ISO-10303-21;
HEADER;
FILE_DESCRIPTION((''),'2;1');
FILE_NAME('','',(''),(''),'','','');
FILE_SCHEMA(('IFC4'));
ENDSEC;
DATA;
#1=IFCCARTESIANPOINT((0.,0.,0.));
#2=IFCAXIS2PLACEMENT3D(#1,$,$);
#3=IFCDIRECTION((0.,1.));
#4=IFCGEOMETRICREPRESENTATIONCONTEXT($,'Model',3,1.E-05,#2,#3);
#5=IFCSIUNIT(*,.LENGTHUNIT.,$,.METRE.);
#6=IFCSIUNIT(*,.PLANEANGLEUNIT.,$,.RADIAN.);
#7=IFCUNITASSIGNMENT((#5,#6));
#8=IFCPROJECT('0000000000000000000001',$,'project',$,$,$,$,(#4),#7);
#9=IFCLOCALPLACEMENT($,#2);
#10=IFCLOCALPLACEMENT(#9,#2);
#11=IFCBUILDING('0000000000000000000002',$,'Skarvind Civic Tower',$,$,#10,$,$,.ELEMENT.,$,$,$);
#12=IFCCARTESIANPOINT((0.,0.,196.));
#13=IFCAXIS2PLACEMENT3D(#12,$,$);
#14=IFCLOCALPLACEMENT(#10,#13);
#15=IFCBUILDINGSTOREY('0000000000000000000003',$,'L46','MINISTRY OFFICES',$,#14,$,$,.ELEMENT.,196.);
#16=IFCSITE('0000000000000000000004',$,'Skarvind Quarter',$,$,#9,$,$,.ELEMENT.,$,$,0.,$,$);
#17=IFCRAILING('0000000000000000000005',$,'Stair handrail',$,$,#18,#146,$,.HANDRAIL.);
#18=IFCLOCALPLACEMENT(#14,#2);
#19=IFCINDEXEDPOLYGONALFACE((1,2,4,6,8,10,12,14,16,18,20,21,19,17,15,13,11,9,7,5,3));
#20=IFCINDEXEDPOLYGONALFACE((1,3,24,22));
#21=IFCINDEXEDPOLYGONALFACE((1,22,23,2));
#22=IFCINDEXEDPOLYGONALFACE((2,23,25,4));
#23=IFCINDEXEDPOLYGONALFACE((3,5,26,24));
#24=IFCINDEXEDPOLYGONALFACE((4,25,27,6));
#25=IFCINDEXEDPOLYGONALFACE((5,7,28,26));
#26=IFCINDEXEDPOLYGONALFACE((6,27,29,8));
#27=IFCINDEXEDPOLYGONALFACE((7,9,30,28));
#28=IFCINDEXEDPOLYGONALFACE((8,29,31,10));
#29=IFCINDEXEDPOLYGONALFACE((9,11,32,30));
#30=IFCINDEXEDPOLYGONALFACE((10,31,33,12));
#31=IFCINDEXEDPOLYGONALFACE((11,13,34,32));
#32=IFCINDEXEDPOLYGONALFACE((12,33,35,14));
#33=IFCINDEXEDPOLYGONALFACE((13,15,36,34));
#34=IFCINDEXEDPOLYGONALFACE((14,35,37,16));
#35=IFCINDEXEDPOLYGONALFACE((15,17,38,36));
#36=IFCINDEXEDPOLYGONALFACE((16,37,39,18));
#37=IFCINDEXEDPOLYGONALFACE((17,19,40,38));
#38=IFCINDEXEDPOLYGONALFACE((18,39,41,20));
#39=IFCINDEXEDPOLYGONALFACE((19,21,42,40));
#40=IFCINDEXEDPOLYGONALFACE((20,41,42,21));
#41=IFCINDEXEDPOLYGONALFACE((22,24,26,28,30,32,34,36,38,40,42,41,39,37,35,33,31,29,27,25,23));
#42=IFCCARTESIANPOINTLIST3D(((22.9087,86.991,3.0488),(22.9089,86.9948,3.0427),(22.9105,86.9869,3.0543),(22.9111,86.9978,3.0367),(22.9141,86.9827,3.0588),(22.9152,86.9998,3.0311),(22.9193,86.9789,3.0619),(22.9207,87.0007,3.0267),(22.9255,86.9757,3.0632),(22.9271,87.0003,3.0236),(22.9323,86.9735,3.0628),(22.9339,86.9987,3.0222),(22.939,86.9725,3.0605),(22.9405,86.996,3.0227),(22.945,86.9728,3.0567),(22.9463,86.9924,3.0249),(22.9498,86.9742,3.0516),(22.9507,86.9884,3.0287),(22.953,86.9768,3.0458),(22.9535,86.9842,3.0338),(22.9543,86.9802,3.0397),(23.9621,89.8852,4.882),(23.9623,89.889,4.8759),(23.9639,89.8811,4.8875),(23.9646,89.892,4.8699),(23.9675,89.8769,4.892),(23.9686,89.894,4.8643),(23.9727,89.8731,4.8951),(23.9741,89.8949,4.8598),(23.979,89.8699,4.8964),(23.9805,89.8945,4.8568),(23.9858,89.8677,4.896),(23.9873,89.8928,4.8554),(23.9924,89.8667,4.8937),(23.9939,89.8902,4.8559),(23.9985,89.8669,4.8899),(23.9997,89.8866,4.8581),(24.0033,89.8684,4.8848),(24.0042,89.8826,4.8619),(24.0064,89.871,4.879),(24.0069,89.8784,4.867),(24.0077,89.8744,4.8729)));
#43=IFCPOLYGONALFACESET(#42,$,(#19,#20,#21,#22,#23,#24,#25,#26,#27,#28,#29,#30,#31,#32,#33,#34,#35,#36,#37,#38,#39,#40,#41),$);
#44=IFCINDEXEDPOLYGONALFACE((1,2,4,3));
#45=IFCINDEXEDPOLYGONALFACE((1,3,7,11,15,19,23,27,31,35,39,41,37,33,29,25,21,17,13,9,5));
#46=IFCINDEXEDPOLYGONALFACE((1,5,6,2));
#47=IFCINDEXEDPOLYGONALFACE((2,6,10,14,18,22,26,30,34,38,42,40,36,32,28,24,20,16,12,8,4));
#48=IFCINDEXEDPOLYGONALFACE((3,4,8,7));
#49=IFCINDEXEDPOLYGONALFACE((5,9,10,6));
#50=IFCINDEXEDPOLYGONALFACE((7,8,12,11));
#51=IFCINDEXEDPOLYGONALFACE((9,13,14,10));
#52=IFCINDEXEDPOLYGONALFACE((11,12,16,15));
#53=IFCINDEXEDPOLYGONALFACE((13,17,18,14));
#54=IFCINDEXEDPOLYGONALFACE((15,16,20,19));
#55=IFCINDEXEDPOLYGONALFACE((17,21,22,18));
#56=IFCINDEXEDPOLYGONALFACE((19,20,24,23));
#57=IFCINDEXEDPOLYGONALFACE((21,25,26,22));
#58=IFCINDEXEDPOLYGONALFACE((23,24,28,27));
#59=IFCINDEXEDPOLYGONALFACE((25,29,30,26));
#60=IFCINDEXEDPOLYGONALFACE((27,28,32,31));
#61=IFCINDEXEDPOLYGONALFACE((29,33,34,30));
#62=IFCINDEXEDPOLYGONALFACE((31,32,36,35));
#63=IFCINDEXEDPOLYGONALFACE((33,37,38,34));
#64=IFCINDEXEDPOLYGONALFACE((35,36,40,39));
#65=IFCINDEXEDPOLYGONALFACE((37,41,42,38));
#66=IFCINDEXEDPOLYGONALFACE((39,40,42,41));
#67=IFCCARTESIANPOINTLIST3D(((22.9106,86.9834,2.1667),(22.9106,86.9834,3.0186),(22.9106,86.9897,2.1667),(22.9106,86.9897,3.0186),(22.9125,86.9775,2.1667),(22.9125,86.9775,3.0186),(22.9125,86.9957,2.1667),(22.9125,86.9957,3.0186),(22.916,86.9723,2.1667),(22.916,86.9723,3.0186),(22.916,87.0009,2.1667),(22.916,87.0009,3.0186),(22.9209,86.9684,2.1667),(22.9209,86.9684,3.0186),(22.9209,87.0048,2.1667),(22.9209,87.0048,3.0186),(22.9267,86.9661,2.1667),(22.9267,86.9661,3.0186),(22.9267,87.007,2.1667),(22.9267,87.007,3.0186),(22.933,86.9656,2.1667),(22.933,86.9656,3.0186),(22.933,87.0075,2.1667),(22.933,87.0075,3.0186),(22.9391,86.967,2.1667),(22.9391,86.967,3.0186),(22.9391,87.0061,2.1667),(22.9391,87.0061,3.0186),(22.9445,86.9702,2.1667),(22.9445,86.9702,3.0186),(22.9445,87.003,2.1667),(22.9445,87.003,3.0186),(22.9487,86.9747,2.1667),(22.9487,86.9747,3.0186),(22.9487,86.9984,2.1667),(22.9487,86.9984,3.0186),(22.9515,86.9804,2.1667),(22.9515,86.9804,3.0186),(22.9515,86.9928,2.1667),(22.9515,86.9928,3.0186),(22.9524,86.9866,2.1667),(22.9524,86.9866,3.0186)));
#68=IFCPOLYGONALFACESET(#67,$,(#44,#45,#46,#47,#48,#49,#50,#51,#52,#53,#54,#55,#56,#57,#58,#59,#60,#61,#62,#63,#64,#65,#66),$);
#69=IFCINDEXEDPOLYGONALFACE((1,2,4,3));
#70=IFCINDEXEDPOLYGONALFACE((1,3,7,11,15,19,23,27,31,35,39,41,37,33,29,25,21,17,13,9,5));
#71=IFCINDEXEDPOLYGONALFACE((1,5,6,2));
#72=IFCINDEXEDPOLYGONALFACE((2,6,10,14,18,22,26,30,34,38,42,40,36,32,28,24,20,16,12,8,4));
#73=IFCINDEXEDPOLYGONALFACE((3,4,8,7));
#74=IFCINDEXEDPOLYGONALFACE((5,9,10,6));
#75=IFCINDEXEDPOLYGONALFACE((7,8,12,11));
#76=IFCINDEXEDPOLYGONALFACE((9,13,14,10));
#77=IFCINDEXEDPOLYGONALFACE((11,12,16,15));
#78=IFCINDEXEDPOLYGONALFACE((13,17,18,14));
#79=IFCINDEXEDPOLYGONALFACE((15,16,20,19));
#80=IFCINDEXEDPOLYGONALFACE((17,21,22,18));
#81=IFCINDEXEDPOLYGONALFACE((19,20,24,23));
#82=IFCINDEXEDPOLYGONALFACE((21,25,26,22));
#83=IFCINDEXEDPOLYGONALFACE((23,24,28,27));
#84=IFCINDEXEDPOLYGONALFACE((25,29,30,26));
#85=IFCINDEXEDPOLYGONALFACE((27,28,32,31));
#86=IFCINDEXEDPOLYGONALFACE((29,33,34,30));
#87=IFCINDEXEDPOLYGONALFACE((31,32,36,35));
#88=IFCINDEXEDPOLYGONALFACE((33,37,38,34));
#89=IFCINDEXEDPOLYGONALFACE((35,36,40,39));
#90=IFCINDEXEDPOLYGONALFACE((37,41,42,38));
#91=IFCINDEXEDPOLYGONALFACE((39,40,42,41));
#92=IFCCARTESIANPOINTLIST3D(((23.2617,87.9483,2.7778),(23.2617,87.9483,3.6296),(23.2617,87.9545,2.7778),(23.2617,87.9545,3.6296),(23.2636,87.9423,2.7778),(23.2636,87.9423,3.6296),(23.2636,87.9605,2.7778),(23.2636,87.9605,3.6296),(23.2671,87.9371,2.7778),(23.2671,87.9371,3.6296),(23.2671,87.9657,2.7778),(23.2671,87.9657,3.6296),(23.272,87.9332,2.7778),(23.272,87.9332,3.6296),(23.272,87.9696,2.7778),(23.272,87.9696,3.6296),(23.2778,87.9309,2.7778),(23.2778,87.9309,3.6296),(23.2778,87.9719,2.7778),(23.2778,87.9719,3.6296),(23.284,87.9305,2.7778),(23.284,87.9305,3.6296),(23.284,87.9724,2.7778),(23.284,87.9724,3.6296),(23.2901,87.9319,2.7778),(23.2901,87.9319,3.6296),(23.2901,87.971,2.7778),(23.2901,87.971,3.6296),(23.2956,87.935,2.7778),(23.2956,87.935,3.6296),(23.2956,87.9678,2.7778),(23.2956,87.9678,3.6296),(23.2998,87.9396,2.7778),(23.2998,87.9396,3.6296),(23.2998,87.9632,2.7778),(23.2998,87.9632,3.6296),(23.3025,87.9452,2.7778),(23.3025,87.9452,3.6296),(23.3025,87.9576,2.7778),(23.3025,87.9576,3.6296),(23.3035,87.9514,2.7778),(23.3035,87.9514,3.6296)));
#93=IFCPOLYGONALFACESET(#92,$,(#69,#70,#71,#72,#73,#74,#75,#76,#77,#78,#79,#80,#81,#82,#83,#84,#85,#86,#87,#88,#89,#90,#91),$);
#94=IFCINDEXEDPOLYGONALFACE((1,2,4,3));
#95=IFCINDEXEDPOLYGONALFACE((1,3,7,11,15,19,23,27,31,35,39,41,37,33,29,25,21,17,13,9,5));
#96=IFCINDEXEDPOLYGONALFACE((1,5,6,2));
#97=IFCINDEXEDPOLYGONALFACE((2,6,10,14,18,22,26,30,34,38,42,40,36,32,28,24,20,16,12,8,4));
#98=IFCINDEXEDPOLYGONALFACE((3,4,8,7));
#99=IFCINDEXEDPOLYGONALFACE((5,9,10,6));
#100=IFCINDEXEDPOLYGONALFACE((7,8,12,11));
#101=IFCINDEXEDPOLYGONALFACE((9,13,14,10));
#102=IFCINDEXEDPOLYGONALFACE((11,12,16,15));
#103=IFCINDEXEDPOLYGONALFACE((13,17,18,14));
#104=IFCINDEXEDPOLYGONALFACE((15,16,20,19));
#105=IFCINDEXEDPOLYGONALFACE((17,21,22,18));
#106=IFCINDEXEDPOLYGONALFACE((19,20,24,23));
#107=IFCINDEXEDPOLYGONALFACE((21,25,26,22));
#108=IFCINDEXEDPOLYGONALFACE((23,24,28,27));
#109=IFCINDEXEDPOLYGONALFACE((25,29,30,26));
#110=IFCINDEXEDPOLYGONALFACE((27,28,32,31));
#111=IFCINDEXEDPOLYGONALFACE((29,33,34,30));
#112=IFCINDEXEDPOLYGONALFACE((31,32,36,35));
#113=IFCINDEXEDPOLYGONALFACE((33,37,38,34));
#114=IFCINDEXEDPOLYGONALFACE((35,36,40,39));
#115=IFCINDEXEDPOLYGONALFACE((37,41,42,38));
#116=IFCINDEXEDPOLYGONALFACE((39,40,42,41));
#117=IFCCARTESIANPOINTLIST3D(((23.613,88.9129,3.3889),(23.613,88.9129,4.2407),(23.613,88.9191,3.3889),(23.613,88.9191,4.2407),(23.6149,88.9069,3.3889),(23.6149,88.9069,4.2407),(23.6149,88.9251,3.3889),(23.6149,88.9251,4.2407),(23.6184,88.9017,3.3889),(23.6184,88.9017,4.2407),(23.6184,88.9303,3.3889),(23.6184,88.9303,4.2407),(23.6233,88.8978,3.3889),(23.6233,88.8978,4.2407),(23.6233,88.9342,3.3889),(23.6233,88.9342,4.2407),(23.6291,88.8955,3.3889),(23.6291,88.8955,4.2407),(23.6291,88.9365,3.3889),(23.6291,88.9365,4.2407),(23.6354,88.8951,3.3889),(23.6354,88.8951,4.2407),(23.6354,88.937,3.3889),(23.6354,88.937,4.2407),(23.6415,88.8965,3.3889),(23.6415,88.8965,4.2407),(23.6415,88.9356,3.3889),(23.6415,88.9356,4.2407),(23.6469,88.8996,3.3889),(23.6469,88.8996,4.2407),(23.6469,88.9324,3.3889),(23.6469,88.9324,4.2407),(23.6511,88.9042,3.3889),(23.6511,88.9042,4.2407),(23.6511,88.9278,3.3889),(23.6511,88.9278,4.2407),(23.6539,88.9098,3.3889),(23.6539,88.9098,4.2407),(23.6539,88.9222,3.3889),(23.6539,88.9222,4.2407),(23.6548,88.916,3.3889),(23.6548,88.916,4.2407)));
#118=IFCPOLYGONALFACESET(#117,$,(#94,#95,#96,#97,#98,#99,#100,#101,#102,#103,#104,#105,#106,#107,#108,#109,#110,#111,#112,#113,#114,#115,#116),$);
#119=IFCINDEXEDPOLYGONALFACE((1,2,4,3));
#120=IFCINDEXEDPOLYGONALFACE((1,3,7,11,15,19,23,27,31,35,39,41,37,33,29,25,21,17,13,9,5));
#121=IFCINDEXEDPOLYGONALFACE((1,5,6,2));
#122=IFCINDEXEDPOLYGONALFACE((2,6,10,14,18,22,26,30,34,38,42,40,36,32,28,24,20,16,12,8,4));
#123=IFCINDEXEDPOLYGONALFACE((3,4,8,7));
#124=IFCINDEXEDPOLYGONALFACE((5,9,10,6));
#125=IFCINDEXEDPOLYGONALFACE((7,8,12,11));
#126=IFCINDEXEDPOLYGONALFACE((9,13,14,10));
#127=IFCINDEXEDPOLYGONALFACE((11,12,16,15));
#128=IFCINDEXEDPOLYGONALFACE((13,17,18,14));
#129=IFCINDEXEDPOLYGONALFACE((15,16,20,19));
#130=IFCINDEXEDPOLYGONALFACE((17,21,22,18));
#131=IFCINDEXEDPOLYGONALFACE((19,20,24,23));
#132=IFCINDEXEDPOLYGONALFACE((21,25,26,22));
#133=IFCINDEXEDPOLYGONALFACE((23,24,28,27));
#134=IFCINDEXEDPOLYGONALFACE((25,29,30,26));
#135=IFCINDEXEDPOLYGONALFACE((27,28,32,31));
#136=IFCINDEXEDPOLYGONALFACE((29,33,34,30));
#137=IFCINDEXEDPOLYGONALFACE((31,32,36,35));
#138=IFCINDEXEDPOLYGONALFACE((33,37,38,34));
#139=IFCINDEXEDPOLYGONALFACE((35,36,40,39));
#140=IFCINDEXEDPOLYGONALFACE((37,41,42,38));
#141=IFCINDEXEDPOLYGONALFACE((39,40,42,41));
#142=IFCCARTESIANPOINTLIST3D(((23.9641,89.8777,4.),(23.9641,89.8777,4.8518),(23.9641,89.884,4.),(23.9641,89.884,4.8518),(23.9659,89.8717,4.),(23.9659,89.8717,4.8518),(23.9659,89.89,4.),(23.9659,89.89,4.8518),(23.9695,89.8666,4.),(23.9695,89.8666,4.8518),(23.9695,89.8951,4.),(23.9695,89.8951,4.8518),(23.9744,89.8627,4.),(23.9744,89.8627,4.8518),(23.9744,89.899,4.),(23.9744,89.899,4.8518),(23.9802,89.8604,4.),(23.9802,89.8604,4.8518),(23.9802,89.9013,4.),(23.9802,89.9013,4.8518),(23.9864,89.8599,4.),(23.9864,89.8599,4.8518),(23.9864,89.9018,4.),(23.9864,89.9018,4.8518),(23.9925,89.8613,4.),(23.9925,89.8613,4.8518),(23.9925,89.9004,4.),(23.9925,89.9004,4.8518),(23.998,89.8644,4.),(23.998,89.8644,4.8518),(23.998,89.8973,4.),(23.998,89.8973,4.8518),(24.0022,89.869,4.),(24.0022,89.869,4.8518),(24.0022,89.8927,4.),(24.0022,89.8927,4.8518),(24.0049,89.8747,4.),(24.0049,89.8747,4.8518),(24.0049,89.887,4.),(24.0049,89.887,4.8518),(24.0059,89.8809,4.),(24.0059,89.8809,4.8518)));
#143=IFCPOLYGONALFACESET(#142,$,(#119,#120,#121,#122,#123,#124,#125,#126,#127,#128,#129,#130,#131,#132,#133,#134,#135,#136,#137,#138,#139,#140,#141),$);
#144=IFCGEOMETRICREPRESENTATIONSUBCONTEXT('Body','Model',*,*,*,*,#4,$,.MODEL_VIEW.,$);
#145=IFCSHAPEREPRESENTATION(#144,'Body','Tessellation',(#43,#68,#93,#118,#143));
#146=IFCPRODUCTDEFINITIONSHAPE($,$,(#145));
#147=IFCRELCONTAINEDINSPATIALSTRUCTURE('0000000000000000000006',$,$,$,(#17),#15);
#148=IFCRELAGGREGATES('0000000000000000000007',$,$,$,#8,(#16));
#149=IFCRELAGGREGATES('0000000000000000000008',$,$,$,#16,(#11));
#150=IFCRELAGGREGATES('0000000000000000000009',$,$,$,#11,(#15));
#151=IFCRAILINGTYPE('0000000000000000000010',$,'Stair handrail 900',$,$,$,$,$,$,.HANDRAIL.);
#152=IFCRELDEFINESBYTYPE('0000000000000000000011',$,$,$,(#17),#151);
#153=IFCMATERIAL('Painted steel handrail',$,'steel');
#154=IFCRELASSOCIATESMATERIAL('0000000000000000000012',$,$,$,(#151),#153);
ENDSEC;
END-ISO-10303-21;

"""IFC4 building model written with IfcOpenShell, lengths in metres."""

from ifc_helpers import new_model, si_unit, direction, frame, origin, origin_2d, place, context, subcontext, project, spatial, circle, extrude, material, type_object, element, save


model = new_model("IFC4")

# Units and contexts
model_context = context("Model", 3, precision=1e-05, world=origin(), true_north=direction((0.0, 1.0)))
body_context = subcontext(model_context, "Body", "Model", "MODEL_VIEW")
ifc_project = project(units=[si_unit("LENGTHUNIT", "METRE"), si_unit("PLANEANGLEUNIT", "RADIAN")], contexts=[model_context])

# Site, building, storey
site_placement = place(None, origin())
site = spatial("IfcSite", under=ifc_project, at=site_placement, Name="Skarvind Quarter", CompositionType="ELEMENT", RefElevation=0.0)
building_placement = place(site_placement, origin())
building = spatial("IfcBuilding", under=site, at=building_placement, Name="Skarvind Civic Tower", CompositionType="ELEMENT")
storey_placement = place(building_placement, frame((0.0, 0.0, 196.0)))
storey = spatial("IfcBuildingStorey", under=building, at=storey_placement, Name="L46", Description="MINISTRY OFFICES", CompositionType="ELEMENT", Elevation=196.0)

# Railing
ifc_material_1 = material(Name="Painted steel handrail", Category="steel")
railing_type = type_object("IfcRailingType", Name="Stair handrail 900", PredefinedType="HANDRAIL", material=ifc_material_1)
railing_1_placement = place(storey_placement, frame((22.9314, 86.9866, 2.1667)))
element("IfcRailing", 1, at=railing_1_placement, inside=storey, type_object=railing_type, Name="Stair handrail", PredefinedType="HANDRAIL", context=body_context, shape_type="SweptSolid", body=[
    extrude(circle(Radius=0.0239, at=origin_2d()), frame((0.0, 0.0, 0.876), z_axis=(0.293908, 0.807481, 0.511461), x_axis=(-0.939689, 0.342029, 0.0)), (0.0, 0.0, 1.0), 3.5842),
    extrude(circle(Radius=0.021, at=origin_2d()), origin(), (0.0, 0.0, 1.0), 0.8518),
    extrude(circle(Radius=0.021, at=origin_2d()), frame((0.3511, 0.9648, 0.6111)), (0.0, 0.0, 1.0), 0.8518),
    extrude(circle(Radius=0.021, at=origin_2d()), frame((0.7024, 1.9294, 1.2222)), (0.0, 0.0, 1.0), 0.8518),
    extrude(circle(Radius=0.021, at=origin_2d()), frame((1.0535, 2.8943, 1.8333)), (0.0, 0.0, 1.0), 0.8518),
])

save(model, "model.ifc")
